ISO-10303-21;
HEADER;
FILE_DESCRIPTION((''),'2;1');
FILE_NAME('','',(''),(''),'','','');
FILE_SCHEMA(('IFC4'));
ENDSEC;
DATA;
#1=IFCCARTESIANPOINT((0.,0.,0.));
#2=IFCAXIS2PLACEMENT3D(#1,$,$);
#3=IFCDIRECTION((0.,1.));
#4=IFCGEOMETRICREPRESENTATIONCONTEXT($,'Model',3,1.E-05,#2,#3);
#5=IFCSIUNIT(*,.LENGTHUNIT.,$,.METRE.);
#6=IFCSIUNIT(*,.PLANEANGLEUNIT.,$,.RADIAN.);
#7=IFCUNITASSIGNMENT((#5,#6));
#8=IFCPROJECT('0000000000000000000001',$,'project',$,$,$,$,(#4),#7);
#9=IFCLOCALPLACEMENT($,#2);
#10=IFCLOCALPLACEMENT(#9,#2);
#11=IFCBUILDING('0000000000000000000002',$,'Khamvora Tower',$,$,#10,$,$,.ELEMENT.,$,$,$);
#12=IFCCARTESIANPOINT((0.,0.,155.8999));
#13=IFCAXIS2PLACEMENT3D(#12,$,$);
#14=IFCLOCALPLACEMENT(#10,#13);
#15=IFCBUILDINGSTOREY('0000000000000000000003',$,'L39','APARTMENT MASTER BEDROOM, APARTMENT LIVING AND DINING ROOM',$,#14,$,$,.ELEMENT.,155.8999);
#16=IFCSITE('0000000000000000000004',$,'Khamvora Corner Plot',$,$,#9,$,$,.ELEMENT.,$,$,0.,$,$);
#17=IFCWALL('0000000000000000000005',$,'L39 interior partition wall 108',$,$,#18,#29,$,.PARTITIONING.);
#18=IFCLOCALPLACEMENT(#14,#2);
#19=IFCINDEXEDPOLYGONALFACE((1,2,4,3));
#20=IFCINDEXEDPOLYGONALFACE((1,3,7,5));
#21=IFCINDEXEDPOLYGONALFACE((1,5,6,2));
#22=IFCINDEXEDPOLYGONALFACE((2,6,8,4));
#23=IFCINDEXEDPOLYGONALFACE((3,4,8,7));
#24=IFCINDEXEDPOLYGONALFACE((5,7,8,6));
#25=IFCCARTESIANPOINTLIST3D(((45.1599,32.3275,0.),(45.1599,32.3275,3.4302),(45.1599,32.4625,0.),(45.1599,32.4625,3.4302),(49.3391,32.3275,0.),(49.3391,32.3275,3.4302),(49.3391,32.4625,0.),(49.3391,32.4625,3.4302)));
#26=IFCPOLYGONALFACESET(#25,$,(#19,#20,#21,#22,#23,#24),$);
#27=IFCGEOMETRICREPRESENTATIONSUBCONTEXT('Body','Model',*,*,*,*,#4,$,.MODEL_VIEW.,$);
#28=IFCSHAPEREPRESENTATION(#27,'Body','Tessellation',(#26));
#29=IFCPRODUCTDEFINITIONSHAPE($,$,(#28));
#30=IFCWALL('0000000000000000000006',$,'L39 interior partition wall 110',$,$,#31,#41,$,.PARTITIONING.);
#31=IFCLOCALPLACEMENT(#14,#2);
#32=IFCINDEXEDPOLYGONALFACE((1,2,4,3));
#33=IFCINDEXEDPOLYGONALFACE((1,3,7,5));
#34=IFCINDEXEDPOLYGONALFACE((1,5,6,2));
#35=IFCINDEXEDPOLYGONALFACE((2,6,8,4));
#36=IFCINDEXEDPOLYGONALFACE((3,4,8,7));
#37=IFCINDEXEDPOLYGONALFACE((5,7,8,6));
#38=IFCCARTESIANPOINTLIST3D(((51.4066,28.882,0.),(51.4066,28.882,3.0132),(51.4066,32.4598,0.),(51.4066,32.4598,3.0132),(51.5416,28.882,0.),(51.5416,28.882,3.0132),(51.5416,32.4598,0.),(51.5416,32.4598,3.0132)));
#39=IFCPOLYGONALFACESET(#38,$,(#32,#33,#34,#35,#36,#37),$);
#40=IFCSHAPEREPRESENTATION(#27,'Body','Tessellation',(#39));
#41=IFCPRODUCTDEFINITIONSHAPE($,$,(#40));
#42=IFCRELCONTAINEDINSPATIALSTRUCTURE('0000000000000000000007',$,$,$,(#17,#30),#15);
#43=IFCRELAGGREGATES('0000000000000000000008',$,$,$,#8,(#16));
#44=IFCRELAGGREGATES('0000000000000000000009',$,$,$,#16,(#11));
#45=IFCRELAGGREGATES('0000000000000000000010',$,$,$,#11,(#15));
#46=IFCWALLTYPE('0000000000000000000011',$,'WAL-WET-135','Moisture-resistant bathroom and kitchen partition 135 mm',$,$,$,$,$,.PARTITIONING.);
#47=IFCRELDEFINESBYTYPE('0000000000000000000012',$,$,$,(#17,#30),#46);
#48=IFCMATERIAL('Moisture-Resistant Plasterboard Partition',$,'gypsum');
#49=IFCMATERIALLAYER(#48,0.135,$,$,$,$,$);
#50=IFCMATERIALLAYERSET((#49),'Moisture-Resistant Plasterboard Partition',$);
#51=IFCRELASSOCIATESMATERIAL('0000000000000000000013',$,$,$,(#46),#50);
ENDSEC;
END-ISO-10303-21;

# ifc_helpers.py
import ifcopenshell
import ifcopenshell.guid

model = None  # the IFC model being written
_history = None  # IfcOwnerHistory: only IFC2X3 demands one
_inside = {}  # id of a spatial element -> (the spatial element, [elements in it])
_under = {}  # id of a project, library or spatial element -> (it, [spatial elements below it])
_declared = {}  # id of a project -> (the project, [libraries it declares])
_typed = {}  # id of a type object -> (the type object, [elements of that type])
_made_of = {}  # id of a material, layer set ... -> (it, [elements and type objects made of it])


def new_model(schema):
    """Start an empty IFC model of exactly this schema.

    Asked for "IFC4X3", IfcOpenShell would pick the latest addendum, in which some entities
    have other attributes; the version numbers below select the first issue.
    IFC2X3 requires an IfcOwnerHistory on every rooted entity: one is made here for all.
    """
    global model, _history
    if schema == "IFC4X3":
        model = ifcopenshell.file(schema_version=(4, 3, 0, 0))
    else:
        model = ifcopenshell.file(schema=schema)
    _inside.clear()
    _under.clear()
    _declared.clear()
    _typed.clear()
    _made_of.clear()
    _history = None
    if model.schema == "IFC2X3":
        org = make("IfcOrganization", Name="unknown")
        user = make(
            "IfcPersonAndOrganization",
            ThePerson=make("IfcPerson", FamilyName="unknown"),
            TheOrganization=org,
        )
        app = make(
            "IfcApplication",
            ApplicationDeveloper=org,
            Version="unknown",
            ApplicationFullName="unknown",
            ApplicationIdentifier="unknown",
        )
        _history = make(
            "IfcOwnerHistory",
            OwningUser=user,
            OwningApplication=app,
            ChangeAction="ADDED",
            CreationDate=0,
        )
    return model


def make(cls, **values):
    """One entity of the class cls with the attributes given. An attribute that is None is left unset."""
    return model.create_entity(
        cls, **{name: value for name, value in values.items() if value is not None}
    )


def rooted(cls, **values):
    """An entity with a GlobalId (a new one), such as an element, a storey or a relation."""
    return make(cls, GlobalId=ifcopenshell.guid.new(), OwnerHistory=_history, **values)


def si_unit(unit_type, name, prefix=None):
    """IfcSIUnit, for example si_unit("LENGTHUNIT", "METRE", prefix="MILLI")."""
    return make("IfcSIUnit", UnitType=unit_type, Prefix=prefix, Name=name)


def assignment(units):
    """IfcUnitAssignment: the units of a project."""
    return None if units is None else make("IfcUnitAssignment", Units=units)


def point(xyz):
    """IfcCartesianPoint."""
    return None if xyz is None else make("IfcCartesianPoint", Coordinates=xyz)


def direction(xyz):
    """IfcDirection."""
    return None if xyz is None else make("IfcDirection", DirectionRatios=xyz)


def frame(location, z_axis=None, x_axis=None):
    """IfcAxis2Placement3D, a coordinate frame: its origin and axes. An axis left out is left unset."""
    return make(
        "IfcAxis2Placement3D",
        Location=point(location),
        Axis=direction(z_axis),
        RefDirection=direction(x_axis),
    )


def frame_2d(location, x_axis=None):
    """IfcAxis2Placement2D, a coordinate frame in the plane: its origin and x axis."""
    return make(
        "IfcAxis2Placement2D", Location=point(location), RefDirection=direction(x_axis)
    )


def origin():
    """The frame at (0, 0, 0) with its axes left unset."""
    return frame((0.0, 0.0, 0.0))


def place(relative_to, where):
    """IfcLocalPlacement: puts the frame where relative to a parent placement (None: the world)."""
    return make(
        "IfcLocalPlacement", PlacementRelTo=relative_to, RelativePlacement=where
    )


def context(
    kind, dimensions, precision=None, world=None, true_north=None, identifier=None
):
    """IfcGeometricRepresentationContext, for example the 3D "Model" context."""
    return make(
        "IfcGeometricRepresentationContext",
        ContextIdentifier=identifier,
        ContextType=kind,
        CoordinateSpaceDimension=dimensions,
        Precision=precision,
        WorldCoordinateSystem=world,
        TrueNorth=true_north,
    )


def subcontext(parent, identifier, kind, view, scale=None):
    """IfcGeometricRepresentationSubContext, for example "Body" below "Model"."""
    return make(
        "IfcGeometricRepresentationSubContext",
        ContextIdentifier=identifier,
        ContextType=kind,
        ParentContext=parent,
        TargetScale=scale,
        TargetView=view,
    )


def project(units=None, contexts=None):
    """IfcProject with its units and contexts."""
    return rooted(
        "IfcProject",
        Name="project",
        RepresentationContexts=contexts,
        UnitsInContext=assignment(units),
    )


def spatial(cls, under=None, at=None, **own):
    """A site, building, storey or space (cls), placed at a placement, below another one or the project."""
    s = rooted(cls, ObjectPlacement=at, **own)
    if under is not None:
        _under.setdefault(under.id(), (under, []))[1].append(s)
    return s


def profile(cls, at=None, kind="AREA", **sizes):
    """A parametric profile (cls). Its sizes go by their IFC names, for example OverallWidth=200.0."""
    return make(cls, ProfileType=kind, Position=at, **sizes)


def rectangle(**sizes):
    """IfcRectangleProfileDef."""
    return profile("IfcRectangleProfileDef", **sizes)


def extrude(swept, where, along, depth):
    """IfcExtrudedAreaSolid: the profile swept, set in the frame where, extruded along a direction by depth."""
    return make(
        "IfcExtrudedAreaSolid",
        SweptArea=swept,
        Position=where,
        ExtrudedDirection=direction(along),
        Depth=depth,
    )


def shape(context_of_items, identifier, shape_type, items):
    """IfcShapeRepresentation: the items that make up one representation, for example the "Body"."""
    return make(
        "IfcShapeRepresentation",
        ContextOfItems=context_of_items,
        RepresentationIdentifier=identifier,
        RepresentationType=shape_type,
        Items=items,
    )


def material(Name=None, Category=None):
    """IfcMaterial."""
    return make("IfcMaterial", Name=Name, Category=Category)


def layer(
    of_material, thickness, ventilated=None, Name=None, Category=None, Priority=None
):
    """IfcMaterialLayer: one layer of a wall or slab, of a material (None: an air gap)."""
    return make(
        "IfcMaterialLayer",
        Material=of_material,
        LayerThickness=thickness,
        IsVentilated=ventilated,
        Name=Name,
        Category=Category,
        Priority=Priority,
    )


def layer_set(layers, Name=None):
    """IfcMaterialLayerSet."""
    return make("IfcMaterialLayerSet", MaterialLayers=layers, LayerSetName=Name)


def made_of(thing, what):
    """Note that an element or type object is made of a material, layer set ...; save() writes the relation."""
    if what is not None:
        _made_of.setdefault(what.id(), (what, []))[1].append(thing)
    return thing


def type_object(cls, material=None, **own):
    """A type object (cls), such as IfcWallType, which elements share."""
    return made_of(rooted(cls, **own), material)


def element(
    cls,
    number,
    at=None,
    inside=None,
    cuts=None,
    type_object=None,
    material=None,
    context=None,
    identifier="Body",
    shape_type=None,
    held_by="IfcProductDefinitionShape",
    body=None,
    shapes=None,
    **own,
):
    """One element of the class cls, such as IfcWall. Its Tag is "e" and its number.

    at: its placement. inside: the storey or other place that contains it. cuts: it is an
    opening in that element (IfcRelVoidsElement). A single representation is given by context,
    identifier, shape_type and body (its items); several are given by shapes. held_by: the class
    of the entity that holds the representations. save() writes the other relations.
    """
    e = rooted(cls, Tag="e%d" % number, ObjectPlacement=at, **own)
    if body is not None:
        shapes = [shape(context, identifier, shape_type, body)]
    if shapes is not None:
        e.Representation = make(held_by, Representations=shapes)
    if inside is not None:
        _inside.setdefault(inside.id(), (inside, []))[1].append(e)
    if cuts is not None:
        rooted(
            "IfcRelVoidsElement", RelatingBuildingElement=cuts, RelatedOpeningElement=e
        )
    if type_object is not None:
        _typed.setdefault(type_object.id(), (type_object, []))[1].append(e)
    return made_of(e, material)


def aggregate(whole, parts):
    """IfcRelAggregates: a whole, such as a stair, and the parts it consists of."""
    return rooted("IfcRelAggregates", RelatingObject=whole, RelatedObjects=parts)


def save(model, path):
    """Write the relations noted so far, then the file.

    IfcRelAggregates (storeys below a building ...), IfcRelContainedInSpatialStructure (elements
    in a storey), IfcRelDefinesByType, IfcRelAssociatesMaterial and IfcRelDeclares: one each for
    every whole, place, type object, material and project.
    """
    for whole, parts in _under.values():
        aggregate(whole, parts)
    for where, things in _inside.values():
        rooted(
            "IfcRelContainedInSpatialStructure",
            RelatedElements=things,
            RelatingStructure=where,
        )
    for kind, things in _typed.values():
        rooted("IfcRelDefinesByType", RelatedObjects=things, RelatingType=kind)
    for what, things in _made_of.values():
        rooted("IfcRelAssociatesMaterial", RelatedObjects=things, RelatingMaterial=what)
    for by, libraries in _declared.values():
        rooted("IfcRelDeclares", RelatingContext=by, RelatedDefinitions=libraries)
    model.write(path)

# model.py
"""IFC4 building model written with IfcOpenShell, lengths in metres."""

from ifc_helpers import new_model, si_unit, direction, frame, frame_2d, origin, place, context, subcontext, project, spatial, rectangle, extrude, material, layer, layer_set, type_object, element, save


model = new_model("IFC4")

# Units and contexts
model_context = context("Model", 3, precision=1e-05, world=origin(), true_north=direction((0.0, 1.0)))
body_context = subcontext(model_context, "Body", "Model", "MODEL_VIEW")
ifc_project = project(units=[si_unit("LENGTHUNIT", "METRE"), si_unit("PLANEANGLEUNIT", "RADIAN")], contexts=[model_context])

# Site, building, storey
site_placement = place(None, origin())
site = spatial("IfcSite", under=ifc_project, at=site_placement, Name="Khamvora Corner Plot", CompositionType="ELEMENT", RefElevation=0.0)
building_placement = place(site_placement, origin())
building = spatial("IfcBuilding", under=site, at=building_placement, Name="Khamvora Tower", CompositionType="ELEMENT")
storey_placement = place(building_placement, frame((0.0, 0.0, 155.8999)))
storey = spatial("IfcBuildingStorey", under=building, at=storey_placement, Name="L39", Description="APARTMENT MASTER BEDROOM, APARTMENT LIVING AND DINING ROOM", CompositionType="ELEMENT", Elevation=155.8999)

# Shared definitions
ifc_material_1 = material(Name="Moisture-Resistant Plasterboard Partition", Category="gypsum")
ifc_layer_1 = layer(ifc_material_1, 0.135)
ifc_layer_set_1 = layer_set([ifc_layer_1], Name="Moisture-Resistant Plasterboard Partition")
wall_type_1 = type_object("IfcWallType", Name="WAL-WET-135", Description="Moisture-resistant bathroom and kitchen partition 135 mm", PredefinedType="PARTITIONING", material=ifc_layer_set_1)

# Walls
wall_1_placement = place(storey_placement, frame((49.3391, 32.395, 0.0), z_axis=(0.0, 0.0, 1.0), x_axis=(-1.0, 0.0, 0.0)))
element("IfcWall", 1, at=wall_1_placement, inside=storey, type_object=wall_type_1, Name="L39 interior partition wall 108", PredefinedType="PARTITIONING", context=body_context, shape_type="SweptSolid", body=[
    extrude(rectangle(XDim=4.1792, YDim=0.135, at=frame_2d((2.0896, 0.0))), origin(), (0.0, 0.0, 1.0), 3.4302),
])
wall_2_placement = place(storey_placement, frame((51.4741, 32.46, 0.0), z_axis=(0.0, 0.0, 1.0), x_axis=(0.0, -1.0, 0.0)))
element("IfcWall", 2, at=wall_2_placement, inside=storey, type_object=wall_type_1, Name="L39 interior partition wall 110", PredefinedType="PARTITIONING", context=body_context, shape_type="SweptSolid", body=[
    extrude(rectangle(XDim=3.5779, YDim=0.135, at=frame_2d((1.7891, 0.0))), origin(), (0.0, 0.0, 1.0), 3.0132),
])

save(model, "model.ifc")
